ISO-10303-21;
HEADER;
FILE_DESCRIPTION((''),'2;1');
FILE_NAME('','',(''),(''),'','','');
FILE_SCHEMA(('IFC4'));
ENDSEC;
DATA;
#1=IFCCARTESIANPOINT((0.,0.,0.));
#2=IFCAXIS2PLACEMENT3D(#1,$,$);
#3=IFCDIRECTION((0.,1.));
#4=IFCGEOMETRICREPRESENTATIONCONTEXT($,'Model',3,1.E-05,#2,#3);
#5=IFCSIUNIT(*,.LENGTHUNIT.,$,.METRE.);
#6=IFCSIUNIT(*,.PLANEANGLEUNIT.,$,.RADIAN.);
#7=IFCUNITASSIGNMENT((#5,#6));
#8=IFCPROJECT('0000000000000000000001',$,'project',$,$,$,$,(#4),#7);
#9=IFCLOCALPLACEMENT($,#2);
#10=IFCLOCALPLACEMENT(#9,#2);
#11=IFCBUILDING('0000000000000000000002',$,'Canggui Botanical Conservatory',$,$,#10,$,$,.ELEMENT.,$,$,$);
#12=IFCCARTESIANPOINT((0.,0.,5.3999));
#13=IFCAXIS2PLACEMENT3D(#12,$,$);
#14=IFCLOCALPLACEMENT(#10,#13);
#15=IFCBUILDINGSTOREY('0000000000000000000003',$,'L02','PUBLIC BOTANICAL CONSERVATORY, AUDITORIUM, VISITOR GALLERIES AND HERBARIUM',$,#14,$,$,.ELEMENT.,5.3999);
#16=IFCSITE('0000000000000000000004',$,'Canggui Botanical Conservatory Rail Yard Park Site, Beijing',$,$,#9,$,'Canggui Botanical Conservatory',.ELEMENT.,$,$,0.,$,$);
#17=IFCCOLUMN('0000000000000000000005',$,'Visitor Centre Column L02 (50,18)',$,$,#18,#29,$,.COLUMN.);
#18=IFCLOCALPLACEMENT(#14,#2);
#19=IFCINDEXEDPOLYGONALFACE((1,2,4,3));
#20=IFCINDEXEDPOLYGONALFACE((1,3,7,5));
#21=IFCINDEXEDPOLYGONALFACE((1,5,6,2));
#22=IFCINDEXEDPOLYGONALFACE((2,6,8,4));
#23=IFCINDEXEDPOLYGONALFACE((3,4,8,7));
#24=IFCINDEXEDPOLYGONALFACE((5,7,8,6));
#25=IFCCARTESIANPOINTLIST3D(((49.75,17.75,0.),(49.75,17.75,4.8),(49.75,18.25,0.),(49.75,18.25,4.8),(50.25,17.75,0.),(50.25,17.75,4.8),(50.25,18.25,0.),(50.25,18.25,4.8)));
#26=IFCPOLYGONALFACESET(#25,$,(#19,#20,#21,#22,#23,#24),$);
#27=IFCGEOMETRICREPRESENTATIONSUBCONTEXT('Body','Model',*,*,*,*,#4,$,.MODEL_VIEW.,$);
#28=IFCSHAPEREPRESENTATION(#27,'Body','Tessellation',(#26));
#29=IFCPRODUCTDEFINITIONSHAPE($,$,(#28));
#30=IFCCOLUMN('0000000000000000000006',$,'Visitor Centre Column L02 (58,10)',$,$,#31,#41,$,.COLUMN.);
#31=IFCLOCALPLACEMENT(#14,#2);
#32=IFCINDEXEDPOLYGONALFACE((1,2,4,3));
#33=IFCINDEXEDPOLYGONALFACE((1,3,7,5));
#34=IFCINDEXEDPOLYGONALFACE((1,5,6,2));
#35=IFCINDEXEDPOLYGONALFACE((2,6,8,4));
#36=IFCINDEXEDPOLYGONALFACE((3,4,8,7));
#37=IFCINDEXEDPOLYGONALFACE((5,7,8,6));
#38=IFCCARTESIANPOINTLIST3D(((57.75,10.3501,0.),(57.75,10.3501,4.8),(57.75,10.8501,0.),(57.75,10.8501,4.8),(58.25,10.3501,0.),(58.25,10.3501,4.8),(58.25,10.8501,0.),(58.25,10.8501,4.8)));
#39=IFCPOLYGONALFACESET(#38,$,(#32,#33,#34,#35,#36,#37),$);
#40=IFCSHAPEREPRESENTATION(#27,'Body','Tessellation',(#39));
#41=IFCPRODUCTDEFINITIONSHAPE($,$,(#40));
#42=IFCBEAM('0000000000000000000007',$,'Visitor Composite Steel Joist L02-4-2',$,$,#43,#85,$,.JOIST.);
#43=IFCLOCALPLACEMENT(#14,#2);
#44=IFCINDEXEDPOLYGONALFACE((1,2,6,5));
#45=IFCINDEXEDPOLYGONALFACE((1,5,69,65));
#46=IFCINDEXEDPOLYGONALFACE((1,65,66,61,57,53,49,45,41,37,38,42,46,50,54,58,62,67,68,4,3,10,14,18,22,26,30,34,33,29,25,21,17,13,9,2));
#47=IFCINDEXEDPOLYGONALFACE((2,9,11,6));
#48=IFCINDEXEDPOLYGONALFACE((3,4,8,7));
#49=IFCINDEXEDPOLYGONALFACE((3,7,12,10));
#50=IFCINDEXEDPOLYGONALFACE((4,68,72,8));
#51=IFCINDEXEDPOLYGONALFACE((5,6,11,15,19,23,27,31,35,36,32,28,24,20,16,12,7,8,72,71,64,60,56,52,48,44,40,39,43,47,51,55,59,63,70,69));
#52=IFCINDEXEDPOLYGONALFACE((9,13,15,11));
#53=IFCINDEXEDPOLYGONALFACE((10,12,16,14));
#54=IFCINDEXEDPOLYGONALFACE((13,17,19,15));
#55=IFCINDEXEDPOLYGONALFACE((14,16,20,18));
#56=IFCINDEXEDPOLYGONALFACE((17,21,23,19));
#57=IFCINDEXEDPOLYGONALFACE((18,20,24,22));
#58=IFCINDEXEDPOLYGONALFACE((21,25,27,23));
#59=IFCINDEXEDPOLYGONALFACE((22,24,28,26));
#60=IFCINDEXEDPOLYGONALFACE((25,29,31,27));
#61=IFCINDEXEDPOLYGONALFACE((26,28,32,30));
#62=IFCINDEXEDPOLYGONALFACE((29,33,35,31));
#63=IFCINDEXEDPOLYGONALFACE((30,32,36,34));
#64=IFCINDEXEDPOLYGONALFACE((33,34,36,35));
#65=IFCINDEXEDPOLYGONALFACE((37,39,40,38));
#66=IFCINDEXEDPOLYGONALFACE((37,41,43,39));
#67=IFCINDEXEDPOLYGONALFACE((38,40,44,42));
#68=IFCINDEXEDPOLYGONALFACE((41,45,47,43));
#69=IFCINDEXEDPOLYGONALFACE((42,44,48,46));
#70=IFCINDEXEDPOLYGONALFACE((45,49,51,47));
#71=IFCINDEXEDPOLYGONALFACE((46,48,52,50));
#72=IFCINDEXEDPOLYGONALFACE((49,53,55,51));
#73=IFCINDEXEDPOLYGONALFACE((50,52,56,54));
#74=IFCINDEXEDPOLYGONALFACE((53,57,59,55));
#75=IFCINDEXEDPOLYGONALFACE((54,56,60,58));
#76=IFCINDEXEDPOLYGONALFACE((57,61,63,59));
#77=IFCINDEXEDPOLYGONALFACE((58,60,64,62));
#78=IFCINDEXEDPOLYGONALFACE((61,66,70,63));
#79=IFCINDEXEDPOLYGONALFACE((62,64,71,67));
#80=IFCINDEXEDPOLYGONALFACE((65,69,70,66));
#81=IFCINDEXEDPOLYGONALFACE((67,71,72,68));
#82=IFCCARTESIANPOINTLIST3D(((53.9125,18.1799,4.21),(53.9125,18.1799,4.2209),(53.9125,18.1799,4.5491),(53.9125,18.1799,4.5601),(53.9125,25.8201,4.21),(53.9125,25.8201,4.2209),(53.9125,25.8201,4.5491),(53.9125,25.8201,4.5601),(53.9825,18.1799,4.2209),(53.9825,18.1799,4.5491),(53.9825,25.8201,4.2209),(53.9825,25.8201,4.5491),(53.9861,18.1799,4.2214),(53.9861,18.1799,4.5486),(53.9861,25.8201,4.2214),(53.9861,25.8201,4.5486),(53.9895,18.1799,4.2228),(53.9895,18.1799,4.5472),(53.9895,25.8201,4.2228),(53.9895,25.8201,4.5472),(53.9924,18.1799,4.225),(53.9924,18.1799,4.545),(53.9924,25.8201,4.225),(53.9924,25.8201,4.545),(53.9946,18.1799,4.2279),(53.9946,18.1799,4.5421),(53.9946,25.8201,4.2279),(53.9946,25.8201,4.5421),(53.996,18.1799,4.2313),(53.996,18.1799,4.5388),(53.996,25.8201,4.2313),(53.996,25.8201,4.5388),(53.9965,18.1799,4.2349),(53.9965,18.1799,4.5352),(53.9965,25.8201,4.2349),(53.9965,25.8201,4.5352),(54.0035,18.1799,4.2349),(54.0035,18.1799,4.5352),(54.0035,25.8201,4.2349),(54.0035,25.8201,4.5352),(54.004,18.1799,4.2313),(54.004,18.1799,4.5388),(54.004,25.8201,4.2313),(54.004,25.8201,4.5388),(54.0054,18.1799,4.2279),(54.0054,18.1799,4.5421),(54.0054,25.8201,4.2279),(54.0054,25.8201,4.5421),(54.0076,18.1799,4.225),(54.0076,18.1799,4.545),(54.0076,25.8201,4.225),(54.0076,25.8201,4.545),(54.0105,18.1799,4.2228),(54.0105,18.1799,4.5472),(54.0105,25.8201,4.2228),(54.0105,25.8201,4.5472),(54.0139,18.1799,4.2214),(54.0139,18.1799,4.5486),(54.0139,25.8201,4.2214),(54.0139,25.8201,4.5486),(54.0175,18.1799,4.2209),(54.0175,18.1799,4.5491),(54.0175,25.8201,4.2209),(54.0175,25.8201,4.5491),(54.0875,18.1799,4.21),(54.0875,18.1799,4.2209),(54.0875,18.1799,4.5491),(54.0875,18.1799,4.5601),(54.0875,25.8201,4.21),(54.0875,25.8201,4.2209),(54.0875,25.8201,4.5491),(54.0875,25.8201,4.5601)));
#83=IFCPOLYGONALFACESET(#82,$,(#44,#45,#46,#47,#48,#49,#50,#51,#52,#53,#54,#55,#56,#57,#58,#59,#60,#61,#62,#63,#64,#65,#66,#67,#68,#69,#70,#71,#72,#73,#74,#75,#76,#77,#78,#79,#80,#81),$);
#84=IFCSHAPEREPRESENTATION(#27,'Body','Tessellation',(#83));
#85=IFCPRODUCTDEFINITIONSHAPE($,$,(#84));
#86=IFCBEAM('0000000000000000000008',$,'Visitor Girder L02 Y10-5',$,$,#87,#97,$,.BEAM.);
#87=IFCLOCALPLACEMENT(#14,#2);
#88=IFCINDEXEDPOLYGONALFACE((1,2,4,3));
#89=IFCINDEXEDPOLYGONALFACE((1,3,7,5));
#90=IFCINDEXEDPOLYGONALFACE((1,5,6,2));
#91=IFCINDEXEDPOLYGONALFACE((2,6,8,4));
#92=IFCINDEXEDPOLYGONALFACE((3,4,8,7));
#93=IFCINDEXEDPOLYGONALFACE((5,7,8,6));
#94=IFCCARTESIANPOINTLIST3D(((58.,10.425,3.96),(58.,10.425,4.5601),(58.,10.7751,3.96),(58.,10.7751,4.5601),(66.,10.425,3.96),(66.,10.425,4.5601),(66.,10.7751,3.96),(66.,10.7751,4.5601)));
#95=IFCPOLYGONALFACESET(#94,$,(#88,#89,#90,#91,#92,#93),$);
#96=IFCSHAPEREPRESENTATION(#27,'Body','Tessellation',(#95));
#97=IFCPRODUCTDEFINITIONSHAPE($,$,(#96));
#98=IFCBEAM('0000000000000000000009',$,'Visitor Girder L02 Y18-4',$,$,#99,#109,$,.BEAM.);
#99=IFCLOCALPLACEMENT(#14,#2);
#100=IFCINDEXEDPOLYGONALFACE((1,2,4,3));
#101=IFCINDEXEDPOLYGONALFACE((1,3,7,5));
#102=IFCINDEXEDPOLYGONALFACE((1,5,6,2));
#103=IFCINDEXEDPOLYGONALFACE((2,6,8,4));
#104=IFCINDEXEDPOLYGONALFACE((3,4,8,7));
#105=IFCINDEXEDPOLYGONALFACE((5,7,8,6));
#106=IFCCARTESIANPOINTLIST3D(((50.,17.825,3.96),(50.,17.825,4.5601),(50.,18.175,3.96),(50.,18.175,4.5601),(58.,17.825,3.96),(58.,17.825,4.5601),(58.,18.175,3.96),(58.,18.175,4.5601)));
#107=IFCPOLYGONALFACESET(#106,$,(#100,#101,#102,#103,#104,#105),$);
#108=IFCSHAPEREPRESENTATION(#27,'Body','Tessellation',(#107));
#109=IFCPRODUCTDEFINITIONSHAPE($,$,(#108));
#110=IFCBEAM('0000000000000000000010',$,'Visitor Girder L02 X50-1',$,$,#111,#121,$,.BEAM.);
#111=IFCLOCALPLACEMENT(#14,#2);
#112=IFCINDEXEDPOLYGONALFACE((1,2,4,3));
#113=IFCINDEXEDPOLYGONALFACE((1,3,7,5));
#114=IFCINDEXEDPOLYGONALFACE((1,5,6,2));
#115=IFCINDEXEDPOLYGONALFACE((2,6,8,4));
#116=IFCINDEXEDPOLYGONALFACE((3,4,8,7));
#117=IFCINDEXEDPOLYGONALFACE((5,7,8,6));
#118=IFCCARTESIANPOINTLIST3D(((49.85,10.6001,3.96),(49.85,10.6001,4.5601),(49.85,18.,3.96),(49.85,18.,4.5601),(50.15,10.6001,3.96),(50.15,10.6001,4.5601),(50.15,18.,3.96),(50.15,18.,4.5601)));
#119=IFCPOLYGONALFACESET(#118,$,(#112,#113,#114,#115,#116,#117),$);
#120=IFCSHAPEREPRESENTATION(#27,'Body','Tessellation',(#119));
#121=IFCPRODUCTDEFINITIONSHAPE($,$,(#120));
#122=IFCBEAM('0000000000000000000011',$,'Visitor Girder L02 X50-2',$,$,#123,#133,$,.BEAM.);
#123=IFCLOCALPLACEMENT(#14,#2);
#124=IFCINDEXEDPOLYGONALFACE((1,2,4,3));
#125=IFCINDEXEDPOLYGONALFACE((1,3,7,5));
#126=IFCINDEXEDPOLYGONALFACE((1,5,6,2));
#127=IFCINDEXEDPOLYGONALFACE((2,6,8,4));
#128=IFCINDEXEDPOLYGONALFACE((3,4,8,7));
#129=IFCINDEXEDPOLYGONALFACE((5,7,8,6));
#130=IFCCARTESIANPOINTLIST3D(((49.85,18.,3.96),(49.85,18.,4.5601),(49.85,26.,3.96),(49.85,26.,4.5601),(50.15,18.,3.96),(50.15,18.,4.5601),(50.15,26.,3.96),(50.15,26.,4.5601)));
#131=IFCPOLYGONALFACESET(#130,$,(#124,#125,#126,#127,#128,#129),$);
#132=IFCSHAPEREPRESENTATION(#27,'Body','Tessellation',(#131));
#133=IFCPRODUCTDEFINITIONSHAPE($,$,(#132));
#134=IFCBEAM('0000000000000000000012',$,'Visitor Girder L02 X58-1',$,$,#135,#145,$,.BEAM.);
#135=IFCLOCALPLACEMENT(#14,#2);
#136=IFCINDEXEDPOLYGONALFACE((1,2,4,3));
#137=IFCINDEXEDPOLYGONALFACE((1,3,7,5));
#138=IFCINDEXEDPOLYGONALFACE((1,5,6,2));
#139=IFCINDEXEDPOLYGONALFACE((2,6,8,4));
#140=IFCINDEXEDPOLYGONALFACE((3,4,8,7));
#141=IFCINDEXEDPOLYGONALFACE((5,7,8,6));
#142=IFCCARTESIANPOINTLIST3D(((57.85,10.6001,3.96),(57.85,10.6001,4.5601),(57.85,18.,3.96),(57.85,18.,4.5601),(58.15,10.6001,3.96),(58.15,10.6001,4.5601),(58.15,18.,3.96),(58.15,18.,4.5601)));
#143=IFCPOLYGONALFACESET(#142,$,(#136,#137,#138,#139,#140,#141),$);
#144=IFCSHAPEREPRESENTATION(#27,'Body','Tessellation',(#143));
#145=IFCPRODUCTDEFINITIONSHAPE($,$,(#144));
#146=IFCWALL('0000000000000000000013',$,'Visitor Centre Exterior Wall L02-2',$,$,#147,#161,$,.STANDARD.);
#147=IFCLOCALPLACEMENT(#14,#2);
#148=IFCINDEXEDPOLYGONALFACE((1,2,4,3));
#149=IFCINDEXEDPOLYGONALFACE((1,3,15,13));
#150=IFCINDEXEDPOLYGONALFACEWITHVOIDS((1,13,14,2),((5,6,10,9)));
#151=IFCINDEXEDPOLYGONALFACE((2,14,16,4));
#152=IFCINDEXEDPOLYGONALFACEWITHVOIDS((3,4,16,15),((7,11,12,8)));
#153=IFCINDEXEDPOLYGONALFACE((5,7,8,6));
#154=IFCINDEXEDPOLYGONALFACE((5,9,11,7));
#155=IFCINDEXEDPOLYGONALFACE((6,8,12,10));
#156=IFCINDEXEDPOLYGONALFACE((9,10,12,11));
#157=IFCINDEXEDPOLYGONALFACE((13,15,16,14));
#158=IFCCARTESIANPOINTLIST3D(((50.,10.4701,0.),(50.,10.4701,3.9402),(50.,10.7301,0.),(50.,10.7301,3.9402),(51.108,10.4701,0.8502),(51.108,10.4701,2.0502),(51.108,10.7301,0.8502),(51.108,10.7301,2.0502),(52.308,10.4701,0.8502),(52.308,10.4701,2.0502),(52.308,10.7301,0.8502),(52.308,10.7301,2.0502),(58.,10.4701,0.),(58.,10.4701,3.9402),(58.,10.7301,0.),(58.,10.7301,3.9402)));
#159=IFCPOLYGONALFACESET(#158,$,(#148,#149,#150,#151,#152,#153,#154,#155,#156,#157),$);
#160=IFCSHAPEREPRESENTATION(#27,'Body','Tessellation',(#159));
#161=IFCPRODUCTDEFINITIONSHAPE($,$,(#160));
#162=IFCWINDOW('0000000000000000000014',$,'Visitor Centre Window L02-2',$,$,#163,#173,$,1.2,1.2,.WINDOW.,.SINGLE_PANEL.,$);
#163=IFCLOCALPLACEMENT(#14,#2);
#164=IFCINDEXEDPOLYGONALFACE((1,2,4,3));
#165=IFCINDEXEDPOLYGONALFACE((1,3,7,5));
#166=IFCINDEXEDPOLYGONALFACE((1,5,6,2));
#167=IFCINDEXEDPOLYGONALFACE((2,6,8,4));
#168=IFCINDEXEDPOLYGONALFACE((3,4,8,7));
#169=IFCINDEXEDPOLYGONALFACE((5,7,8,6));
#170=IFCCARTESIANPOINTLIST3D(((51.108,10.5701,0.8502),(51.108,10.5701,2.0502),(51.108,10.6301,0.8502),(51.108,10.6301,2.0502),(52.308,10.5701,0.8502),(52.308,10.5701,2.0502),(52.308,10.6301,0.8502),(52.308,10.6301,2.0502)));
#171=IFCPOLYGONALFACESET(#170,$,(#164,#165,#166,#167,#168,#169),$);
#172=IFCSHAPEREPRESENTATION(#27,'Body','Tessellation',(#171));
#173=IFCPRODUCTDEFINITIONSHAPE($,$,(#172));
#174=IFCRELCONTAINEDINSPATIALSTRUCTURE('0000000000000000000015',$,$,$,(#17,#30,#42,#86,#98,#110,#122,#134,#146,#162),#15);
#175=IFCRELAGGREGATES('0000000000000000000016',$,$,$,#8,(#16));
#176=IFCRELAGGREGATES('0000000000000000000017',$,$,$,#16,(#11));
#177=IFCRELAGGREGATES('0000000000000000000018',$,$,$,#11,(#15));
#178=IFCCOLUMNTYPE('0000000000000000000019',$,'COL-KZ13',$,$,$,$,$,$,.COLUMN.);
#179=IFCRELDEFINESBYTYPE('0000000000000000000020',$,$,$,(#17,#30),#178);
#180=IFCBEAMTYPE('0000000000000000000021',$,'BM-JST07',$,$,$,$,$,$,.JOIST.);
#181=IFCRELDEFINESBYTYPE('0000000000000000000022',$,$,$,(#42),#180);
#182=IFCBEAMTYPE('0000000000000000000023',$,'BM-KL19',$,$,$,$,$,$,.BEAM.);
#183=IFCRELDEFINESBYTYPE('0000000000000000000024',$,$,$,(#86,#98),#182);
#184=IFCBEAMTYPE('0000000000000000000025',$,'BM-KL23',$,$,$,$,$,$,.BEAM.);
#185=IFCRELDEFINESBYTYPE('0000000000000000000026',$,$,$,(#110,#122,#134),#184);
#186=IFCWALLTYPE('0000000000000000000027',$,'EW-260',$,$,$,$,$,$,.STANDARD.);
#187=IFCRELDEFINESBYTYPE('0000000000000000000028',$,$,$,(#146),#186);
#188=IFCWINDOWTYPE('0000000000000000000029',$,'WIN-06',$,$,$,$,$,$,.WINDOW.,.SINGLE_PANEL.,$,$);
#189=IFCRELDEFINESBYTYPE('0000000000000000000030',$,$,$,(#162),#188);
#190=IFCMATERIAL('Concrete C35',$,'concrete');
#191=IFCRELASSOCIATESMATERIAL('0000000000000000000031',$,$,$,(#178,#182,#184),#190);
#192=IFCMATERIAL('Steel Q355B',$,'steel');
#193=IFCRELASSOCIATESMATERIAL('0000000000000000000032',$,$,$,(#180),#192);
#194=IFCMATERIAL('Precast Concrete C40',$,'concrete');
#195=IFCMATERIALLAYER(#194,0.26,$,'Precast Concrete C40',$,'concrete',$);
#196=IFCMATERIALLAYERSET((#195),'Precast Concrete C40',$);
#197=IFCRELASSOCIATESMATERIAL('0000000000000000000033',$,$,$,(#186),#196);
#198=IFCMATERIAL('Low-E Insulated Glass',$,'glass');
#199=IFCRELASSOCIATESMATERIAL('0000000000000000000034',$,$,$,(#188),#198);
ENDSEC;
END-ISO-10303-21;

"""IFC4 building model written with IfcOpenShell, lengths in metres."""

from ifc_helpers import new_model, si_unit, direction, frame, frame_2d, origin, origin_2d, place, context, subcontext, project, spatial, rectangle, i_section, extrude, material, layer, layer_set, material_profile, profile_set, type_object, element, fill, save


model = new_model("IFC4")

# Units and contexts
model_context = context("Model", 3, precision=1e-05, world=origin(), true_north=direction((0.0, 1.0)))
body_context = subcontext(model_context, "Body", "Model", "MODEL_VIEW")
ifc_project = project(units=[si_unit("LENGTHUNIT", "METRE"), si_unit("PLANEANGLEUNIT", "RADIAN")], contexts=[model_context])

# Site, building, storey
site_placement = place(None, origin())
site = spatial("IfcSite", under=ifc_project, at=site_placement, Name="Canggui Botanical Conservatory Rail Yard Park Site, Beijing", LongName="Canggui Botanical Conservatory", CompositionType="ELEMENT", RefElevation=0.0)
building_placement = place(site_placement, origin())
building = spatial("IfcBuilding", under=site, at=building_placement, Name="Canggui Botanical Conservatory", CompositionType="ELEMENT")
storey_placement = place(building_placement, frame((0.0, 0.0, 5.3999)))
storey = spatial("IfcBuildingStorey", under=building, at=storey_placement, Name="L02", Description="PUBLIC BOTANICAL CONSERVATORY, AUDITORIUM, VISITOR GALLERIES AND HERBARIUM", CompositionType="ELEMENT", Elevation=5.3999)

# Columns
ifc_material_1 = material(Name="Concrete C35", Category="concrete")
ifc_material_profile_1 = material_profile(ifc_material_1, rectangle(XDim=0.5, YDim=0.5, at=origin_2d()), Name="RC 500x500")
ifc_profile_set_1 = profile_set([ifc_material_profile_1], Name="Concrete C35")
column_type = type_object("IfcColumnType", Name="COL-KZ13", PredefinedType="COLUMN", material=ifc_profile_set_1)
for number, where, z_axis, x_axis, name in (
    (1, (50.0, 18.0, 0.0), (0.0, 0.0, 1.0), (1.0, 0.0, 0.0), "Visitor Centre Column L02 (50,18)"),
    (2, (58.0, 10.6001, 0.0), (0.0, 0.0, 1.0), (1.0, 0.0, 0.0), "Visitor Centre Column L02 (58,10)"),
):
    element("IfcColumn", number, at=place(storey_placement, frame(where, z_axis=z_axis, x_axis=x_axis)), inside=storey, type_object=column_type, Name=name, PredefinedType="COLUMN", context=body_context, shape_type="SweptSolid", body=[
        extrude(rectangle(XDim=0.5, YDim=0.5, at=origin_2d()), origin(), (0.0, 0.0, 1.0), 4.8),
    ])

# Beams
ifc_material_2 = material(Name="Steel Q355B", Category="steel")
ifc_material_profile_2 = material_profile(ifc_material_2, i_section(OverallWidth=0.175, OverallDepth=0.3501, WebThickness=0.0071, FlangeThickness=0.011, FilletRadius=0.0139, at=origin_2d()), Name="HN 350x175x7x11")
ifc_profile_set_2 = profile_set([ifc_material_profile_2], Name="Steel Q355B")
beam_type_1 = type_object("IfcBeamType", Name="BM-JST07", PredefinedType="JOIST", material=ifc_profile_set_2)
beam_1_placement = place(storey_placement, frame((54.0, 18.1799, 4.385), z_axis=(0.0, 1.0, 0.0), x_axis=(-1.0, 0.0, 0.0)))
element("IfcBeam", 3, at=beam_1_placement, inside=storey, type_object=beam_type_1, Name="Visitor Composite Steel Joist L02-4-2", PredefinedType="JOIST", context=body_context, shape_type="SweptSolid", body=[
    extrude(i_section(OverallWidth=0.175, OverallDepth=0.3501, WebThickness=0.0071, FlangeThickness=0.011, FilletRadius=0.0139, at=origin_2d()), origin(), (0.0, 0.0, 1.0), 7.6401),
])
ifc_material_profile_3 = material_profile(ifc_material_1, rectangle(XDim=0.3501, YDim=0.6001, at=origin_2d()), Name="RB 350x600")
ifc_profile_set_3 = profile_set([ifc_material_profile_3], Name="Concrete C35")
beam_type_2 = type_object("IfcBeamType", Name="BM-KL19", PredefinedType="BEAM", material=ifc_profile_set_3)
for number, where, z_axis, x_axis, name in (
    (4, (58.0, 10.6001, 4.26), (1.0, 0.0, 0.0), (0.0, 1.0, 0.0), "Visitor Girder L02 Y10-5"),
    (5, (50.0, 18.0, 4.26), (1.0, 0.0, 0.0), (0.0, 1.0, 0.0), "Visitor Girder L02 Y18-4"),
):
    element("IfcBeam", number, at=place(storey_placement, frame(where, z_axis=z_axis, x_axis=x_axis)), inside=storey, type_object=beam_type_2, Name=name, PredefinedType="BEAM", context=body_context, shape_type="SweptSolid", body=[
        extrude(rectangle(XDim=0.3501, YDim=0.6001, at=origin_2d()), origin(), (0.0, 0.0, 1.0), 8.0),
    ])
ifc_material_profile_4 = material_profile(ifc_material_1, rectangle(XDim=0.3, YDim=0.6001, at=origin_2d()), Name="RB 300x600")
ifc_profile_set_4 = profile_set([ifc_material_profile_4], Name="Concrete C35")
beam_type_3 = type_object("IfcBeamType", Name="BM-KL23", PredefinedType="BEAM", material=ifc_profile_set_4)
beam_2_placement = place(storey_placement, frame((50.0, 10.6001, 4.26), z_axis=(0.0, 1.0, 0.0), x_axis=(-1.0, 0.0, 0.0)))
element("IfcBeam", 6, at=beam_2_placement, inside=storey, type_object=beam_type_3, Name="Visitor Girder L02 X50-1", PredefinedType="BEAM", context=body_context, shape_type="SweptSolid", body=[
    extrude(rectangle(XDim=0.3, YDim=0.6001, at=origin_2d()), origin(), (0.0, 0.0, 1.0), 7.3999),
])
beam_3_placement = place(storey_placement, frame((50.0, 18.0, 4.26), z_axis=(0.0, 1.0, 0.0), x_axis=(-1.0, 0.0, 0.0)))
element("IfcBeam", 7, at=beam_3_placement, inside=storey, type_object=beam_type_3, Name="Visitor Girder L02 X50-2", PredefinedType="BEAM", context=body_context, shape_type="SweptSolid", body=[
    extrude(rectangle(XDim=0.3, YDim=0.6001, at=origin_2d()), origin(), (0.0, 0.0, 1.0), 8.0),
])
beam_4_placement = place(storey_placement, frame((58.0, 10.6001, 4.26), z_axis=(0.0, 1.0, 0.0), x_axis=(-1.0, 0.0, 0.0)))
element("IfcBeam", 8, at=beam_4_placement, inside=storey, type_object=beam_type_3, Name="Visitor Girder L02 X58-1", PredefinedType="BEAM", context=body_context, shape_type="SweptSolid", body=[
    extrude(rectangle(XDim=0.3, YDim=0.6001, at=origin_2d()), origin(), (0.0, 0.0, 1.0), 7.3999),
])

# Wall, opening, window
ifc_material_3 = material(Name="Precast Concrete C40", Category="concrete")
ifc_layer_1 = layer(ifc_material_3, 0.26, Name="Precast Concrete C40", Category="concrete")
ifc_layer_set_1 = layer_set([ifc_layer_1], Name="Precast Concrete C40")
wall_type_1 = type_object("IfcWallType", Name="EW-260", PredefinedType="STANDARD", material=ifc_layer_set_1)
wall_1_placement = place(storey_placement, frame((58.0, 10.6001, 0.0), z_axis=(0.0, 0.0, 1.0), x_axis=(-1.0, 0.0, 0.0)))
wall_1 = element("IfcWall", 9, at=wall_1_placement, inside=storey, type_object=wall_type_1, Name="Visitor Centre Exterior Wall L02-2", PredefinedType="STANDARD", context=body_context, shape_type="SweptSolid", body=[
    extrude(rectangle(XDim=8.0, YDim=0.26, at=frame_2d((4.0, 0.0))), origin(), (0.0, 0.0, 1.0), 3.9402),
])
opening_1_placement = place(wall_1_placement, frame((5.6919, 0.0, 0.8501)))
opening_1 = element("IfcOpeningElement", 10, at=opening_1_placement, cuts=wall_1, PredefinedType="OPENING", context=body_context, shape_type="SweptSolid", body=[
    extrude(rectangle(XDim=1.2, YDim=1.2, at=frame_2d((0.6001, 0.6001))), frame((0.0, 0.1401, 0.0), z_axis=(0.0, -1.0, 0.0), x_axis=(1.0, 0.0, 0.0)), (0.0, 0.0, 1.0), 0.28),
])
ifc_material_4 = material(Name="Low-E Insulated Glass", Category="glass")
window_type_1 = type_object("IfcWindowType", Name="WIN-06", PartitioningType="SINGLE_PANEL", PredefinedType="WINDOW", material=ifc_material_4)
window_1_placement = place(opening_1_placement, origin())
window_1 = element("IfcWindow", 11, at=window_1_placement, inside=storey, type_object=window_type_1, Name="Visitor Centre Window L02-2", OverallHeight=1.2, OverallWidth=1.2, PartitioningType="SINGLE_PANEL", PredefinedType="WINDOW", context=body_context, shape_type="SweptSolid", body=[
    extrude(rectangle(XDim=1.2, YDim=1.2, at=frame_2d((0.6001, 0.6001))), frame((0.0, 0.03, 0.0), z_axis=(0.0, -1.0, 0.0), x_axis=(1.0, 0.0, 0.0)), (0.0, 0.0, 1.0), 0.0601),
])
fill(opening_1, window_1)

save(model, "model.ifc")
